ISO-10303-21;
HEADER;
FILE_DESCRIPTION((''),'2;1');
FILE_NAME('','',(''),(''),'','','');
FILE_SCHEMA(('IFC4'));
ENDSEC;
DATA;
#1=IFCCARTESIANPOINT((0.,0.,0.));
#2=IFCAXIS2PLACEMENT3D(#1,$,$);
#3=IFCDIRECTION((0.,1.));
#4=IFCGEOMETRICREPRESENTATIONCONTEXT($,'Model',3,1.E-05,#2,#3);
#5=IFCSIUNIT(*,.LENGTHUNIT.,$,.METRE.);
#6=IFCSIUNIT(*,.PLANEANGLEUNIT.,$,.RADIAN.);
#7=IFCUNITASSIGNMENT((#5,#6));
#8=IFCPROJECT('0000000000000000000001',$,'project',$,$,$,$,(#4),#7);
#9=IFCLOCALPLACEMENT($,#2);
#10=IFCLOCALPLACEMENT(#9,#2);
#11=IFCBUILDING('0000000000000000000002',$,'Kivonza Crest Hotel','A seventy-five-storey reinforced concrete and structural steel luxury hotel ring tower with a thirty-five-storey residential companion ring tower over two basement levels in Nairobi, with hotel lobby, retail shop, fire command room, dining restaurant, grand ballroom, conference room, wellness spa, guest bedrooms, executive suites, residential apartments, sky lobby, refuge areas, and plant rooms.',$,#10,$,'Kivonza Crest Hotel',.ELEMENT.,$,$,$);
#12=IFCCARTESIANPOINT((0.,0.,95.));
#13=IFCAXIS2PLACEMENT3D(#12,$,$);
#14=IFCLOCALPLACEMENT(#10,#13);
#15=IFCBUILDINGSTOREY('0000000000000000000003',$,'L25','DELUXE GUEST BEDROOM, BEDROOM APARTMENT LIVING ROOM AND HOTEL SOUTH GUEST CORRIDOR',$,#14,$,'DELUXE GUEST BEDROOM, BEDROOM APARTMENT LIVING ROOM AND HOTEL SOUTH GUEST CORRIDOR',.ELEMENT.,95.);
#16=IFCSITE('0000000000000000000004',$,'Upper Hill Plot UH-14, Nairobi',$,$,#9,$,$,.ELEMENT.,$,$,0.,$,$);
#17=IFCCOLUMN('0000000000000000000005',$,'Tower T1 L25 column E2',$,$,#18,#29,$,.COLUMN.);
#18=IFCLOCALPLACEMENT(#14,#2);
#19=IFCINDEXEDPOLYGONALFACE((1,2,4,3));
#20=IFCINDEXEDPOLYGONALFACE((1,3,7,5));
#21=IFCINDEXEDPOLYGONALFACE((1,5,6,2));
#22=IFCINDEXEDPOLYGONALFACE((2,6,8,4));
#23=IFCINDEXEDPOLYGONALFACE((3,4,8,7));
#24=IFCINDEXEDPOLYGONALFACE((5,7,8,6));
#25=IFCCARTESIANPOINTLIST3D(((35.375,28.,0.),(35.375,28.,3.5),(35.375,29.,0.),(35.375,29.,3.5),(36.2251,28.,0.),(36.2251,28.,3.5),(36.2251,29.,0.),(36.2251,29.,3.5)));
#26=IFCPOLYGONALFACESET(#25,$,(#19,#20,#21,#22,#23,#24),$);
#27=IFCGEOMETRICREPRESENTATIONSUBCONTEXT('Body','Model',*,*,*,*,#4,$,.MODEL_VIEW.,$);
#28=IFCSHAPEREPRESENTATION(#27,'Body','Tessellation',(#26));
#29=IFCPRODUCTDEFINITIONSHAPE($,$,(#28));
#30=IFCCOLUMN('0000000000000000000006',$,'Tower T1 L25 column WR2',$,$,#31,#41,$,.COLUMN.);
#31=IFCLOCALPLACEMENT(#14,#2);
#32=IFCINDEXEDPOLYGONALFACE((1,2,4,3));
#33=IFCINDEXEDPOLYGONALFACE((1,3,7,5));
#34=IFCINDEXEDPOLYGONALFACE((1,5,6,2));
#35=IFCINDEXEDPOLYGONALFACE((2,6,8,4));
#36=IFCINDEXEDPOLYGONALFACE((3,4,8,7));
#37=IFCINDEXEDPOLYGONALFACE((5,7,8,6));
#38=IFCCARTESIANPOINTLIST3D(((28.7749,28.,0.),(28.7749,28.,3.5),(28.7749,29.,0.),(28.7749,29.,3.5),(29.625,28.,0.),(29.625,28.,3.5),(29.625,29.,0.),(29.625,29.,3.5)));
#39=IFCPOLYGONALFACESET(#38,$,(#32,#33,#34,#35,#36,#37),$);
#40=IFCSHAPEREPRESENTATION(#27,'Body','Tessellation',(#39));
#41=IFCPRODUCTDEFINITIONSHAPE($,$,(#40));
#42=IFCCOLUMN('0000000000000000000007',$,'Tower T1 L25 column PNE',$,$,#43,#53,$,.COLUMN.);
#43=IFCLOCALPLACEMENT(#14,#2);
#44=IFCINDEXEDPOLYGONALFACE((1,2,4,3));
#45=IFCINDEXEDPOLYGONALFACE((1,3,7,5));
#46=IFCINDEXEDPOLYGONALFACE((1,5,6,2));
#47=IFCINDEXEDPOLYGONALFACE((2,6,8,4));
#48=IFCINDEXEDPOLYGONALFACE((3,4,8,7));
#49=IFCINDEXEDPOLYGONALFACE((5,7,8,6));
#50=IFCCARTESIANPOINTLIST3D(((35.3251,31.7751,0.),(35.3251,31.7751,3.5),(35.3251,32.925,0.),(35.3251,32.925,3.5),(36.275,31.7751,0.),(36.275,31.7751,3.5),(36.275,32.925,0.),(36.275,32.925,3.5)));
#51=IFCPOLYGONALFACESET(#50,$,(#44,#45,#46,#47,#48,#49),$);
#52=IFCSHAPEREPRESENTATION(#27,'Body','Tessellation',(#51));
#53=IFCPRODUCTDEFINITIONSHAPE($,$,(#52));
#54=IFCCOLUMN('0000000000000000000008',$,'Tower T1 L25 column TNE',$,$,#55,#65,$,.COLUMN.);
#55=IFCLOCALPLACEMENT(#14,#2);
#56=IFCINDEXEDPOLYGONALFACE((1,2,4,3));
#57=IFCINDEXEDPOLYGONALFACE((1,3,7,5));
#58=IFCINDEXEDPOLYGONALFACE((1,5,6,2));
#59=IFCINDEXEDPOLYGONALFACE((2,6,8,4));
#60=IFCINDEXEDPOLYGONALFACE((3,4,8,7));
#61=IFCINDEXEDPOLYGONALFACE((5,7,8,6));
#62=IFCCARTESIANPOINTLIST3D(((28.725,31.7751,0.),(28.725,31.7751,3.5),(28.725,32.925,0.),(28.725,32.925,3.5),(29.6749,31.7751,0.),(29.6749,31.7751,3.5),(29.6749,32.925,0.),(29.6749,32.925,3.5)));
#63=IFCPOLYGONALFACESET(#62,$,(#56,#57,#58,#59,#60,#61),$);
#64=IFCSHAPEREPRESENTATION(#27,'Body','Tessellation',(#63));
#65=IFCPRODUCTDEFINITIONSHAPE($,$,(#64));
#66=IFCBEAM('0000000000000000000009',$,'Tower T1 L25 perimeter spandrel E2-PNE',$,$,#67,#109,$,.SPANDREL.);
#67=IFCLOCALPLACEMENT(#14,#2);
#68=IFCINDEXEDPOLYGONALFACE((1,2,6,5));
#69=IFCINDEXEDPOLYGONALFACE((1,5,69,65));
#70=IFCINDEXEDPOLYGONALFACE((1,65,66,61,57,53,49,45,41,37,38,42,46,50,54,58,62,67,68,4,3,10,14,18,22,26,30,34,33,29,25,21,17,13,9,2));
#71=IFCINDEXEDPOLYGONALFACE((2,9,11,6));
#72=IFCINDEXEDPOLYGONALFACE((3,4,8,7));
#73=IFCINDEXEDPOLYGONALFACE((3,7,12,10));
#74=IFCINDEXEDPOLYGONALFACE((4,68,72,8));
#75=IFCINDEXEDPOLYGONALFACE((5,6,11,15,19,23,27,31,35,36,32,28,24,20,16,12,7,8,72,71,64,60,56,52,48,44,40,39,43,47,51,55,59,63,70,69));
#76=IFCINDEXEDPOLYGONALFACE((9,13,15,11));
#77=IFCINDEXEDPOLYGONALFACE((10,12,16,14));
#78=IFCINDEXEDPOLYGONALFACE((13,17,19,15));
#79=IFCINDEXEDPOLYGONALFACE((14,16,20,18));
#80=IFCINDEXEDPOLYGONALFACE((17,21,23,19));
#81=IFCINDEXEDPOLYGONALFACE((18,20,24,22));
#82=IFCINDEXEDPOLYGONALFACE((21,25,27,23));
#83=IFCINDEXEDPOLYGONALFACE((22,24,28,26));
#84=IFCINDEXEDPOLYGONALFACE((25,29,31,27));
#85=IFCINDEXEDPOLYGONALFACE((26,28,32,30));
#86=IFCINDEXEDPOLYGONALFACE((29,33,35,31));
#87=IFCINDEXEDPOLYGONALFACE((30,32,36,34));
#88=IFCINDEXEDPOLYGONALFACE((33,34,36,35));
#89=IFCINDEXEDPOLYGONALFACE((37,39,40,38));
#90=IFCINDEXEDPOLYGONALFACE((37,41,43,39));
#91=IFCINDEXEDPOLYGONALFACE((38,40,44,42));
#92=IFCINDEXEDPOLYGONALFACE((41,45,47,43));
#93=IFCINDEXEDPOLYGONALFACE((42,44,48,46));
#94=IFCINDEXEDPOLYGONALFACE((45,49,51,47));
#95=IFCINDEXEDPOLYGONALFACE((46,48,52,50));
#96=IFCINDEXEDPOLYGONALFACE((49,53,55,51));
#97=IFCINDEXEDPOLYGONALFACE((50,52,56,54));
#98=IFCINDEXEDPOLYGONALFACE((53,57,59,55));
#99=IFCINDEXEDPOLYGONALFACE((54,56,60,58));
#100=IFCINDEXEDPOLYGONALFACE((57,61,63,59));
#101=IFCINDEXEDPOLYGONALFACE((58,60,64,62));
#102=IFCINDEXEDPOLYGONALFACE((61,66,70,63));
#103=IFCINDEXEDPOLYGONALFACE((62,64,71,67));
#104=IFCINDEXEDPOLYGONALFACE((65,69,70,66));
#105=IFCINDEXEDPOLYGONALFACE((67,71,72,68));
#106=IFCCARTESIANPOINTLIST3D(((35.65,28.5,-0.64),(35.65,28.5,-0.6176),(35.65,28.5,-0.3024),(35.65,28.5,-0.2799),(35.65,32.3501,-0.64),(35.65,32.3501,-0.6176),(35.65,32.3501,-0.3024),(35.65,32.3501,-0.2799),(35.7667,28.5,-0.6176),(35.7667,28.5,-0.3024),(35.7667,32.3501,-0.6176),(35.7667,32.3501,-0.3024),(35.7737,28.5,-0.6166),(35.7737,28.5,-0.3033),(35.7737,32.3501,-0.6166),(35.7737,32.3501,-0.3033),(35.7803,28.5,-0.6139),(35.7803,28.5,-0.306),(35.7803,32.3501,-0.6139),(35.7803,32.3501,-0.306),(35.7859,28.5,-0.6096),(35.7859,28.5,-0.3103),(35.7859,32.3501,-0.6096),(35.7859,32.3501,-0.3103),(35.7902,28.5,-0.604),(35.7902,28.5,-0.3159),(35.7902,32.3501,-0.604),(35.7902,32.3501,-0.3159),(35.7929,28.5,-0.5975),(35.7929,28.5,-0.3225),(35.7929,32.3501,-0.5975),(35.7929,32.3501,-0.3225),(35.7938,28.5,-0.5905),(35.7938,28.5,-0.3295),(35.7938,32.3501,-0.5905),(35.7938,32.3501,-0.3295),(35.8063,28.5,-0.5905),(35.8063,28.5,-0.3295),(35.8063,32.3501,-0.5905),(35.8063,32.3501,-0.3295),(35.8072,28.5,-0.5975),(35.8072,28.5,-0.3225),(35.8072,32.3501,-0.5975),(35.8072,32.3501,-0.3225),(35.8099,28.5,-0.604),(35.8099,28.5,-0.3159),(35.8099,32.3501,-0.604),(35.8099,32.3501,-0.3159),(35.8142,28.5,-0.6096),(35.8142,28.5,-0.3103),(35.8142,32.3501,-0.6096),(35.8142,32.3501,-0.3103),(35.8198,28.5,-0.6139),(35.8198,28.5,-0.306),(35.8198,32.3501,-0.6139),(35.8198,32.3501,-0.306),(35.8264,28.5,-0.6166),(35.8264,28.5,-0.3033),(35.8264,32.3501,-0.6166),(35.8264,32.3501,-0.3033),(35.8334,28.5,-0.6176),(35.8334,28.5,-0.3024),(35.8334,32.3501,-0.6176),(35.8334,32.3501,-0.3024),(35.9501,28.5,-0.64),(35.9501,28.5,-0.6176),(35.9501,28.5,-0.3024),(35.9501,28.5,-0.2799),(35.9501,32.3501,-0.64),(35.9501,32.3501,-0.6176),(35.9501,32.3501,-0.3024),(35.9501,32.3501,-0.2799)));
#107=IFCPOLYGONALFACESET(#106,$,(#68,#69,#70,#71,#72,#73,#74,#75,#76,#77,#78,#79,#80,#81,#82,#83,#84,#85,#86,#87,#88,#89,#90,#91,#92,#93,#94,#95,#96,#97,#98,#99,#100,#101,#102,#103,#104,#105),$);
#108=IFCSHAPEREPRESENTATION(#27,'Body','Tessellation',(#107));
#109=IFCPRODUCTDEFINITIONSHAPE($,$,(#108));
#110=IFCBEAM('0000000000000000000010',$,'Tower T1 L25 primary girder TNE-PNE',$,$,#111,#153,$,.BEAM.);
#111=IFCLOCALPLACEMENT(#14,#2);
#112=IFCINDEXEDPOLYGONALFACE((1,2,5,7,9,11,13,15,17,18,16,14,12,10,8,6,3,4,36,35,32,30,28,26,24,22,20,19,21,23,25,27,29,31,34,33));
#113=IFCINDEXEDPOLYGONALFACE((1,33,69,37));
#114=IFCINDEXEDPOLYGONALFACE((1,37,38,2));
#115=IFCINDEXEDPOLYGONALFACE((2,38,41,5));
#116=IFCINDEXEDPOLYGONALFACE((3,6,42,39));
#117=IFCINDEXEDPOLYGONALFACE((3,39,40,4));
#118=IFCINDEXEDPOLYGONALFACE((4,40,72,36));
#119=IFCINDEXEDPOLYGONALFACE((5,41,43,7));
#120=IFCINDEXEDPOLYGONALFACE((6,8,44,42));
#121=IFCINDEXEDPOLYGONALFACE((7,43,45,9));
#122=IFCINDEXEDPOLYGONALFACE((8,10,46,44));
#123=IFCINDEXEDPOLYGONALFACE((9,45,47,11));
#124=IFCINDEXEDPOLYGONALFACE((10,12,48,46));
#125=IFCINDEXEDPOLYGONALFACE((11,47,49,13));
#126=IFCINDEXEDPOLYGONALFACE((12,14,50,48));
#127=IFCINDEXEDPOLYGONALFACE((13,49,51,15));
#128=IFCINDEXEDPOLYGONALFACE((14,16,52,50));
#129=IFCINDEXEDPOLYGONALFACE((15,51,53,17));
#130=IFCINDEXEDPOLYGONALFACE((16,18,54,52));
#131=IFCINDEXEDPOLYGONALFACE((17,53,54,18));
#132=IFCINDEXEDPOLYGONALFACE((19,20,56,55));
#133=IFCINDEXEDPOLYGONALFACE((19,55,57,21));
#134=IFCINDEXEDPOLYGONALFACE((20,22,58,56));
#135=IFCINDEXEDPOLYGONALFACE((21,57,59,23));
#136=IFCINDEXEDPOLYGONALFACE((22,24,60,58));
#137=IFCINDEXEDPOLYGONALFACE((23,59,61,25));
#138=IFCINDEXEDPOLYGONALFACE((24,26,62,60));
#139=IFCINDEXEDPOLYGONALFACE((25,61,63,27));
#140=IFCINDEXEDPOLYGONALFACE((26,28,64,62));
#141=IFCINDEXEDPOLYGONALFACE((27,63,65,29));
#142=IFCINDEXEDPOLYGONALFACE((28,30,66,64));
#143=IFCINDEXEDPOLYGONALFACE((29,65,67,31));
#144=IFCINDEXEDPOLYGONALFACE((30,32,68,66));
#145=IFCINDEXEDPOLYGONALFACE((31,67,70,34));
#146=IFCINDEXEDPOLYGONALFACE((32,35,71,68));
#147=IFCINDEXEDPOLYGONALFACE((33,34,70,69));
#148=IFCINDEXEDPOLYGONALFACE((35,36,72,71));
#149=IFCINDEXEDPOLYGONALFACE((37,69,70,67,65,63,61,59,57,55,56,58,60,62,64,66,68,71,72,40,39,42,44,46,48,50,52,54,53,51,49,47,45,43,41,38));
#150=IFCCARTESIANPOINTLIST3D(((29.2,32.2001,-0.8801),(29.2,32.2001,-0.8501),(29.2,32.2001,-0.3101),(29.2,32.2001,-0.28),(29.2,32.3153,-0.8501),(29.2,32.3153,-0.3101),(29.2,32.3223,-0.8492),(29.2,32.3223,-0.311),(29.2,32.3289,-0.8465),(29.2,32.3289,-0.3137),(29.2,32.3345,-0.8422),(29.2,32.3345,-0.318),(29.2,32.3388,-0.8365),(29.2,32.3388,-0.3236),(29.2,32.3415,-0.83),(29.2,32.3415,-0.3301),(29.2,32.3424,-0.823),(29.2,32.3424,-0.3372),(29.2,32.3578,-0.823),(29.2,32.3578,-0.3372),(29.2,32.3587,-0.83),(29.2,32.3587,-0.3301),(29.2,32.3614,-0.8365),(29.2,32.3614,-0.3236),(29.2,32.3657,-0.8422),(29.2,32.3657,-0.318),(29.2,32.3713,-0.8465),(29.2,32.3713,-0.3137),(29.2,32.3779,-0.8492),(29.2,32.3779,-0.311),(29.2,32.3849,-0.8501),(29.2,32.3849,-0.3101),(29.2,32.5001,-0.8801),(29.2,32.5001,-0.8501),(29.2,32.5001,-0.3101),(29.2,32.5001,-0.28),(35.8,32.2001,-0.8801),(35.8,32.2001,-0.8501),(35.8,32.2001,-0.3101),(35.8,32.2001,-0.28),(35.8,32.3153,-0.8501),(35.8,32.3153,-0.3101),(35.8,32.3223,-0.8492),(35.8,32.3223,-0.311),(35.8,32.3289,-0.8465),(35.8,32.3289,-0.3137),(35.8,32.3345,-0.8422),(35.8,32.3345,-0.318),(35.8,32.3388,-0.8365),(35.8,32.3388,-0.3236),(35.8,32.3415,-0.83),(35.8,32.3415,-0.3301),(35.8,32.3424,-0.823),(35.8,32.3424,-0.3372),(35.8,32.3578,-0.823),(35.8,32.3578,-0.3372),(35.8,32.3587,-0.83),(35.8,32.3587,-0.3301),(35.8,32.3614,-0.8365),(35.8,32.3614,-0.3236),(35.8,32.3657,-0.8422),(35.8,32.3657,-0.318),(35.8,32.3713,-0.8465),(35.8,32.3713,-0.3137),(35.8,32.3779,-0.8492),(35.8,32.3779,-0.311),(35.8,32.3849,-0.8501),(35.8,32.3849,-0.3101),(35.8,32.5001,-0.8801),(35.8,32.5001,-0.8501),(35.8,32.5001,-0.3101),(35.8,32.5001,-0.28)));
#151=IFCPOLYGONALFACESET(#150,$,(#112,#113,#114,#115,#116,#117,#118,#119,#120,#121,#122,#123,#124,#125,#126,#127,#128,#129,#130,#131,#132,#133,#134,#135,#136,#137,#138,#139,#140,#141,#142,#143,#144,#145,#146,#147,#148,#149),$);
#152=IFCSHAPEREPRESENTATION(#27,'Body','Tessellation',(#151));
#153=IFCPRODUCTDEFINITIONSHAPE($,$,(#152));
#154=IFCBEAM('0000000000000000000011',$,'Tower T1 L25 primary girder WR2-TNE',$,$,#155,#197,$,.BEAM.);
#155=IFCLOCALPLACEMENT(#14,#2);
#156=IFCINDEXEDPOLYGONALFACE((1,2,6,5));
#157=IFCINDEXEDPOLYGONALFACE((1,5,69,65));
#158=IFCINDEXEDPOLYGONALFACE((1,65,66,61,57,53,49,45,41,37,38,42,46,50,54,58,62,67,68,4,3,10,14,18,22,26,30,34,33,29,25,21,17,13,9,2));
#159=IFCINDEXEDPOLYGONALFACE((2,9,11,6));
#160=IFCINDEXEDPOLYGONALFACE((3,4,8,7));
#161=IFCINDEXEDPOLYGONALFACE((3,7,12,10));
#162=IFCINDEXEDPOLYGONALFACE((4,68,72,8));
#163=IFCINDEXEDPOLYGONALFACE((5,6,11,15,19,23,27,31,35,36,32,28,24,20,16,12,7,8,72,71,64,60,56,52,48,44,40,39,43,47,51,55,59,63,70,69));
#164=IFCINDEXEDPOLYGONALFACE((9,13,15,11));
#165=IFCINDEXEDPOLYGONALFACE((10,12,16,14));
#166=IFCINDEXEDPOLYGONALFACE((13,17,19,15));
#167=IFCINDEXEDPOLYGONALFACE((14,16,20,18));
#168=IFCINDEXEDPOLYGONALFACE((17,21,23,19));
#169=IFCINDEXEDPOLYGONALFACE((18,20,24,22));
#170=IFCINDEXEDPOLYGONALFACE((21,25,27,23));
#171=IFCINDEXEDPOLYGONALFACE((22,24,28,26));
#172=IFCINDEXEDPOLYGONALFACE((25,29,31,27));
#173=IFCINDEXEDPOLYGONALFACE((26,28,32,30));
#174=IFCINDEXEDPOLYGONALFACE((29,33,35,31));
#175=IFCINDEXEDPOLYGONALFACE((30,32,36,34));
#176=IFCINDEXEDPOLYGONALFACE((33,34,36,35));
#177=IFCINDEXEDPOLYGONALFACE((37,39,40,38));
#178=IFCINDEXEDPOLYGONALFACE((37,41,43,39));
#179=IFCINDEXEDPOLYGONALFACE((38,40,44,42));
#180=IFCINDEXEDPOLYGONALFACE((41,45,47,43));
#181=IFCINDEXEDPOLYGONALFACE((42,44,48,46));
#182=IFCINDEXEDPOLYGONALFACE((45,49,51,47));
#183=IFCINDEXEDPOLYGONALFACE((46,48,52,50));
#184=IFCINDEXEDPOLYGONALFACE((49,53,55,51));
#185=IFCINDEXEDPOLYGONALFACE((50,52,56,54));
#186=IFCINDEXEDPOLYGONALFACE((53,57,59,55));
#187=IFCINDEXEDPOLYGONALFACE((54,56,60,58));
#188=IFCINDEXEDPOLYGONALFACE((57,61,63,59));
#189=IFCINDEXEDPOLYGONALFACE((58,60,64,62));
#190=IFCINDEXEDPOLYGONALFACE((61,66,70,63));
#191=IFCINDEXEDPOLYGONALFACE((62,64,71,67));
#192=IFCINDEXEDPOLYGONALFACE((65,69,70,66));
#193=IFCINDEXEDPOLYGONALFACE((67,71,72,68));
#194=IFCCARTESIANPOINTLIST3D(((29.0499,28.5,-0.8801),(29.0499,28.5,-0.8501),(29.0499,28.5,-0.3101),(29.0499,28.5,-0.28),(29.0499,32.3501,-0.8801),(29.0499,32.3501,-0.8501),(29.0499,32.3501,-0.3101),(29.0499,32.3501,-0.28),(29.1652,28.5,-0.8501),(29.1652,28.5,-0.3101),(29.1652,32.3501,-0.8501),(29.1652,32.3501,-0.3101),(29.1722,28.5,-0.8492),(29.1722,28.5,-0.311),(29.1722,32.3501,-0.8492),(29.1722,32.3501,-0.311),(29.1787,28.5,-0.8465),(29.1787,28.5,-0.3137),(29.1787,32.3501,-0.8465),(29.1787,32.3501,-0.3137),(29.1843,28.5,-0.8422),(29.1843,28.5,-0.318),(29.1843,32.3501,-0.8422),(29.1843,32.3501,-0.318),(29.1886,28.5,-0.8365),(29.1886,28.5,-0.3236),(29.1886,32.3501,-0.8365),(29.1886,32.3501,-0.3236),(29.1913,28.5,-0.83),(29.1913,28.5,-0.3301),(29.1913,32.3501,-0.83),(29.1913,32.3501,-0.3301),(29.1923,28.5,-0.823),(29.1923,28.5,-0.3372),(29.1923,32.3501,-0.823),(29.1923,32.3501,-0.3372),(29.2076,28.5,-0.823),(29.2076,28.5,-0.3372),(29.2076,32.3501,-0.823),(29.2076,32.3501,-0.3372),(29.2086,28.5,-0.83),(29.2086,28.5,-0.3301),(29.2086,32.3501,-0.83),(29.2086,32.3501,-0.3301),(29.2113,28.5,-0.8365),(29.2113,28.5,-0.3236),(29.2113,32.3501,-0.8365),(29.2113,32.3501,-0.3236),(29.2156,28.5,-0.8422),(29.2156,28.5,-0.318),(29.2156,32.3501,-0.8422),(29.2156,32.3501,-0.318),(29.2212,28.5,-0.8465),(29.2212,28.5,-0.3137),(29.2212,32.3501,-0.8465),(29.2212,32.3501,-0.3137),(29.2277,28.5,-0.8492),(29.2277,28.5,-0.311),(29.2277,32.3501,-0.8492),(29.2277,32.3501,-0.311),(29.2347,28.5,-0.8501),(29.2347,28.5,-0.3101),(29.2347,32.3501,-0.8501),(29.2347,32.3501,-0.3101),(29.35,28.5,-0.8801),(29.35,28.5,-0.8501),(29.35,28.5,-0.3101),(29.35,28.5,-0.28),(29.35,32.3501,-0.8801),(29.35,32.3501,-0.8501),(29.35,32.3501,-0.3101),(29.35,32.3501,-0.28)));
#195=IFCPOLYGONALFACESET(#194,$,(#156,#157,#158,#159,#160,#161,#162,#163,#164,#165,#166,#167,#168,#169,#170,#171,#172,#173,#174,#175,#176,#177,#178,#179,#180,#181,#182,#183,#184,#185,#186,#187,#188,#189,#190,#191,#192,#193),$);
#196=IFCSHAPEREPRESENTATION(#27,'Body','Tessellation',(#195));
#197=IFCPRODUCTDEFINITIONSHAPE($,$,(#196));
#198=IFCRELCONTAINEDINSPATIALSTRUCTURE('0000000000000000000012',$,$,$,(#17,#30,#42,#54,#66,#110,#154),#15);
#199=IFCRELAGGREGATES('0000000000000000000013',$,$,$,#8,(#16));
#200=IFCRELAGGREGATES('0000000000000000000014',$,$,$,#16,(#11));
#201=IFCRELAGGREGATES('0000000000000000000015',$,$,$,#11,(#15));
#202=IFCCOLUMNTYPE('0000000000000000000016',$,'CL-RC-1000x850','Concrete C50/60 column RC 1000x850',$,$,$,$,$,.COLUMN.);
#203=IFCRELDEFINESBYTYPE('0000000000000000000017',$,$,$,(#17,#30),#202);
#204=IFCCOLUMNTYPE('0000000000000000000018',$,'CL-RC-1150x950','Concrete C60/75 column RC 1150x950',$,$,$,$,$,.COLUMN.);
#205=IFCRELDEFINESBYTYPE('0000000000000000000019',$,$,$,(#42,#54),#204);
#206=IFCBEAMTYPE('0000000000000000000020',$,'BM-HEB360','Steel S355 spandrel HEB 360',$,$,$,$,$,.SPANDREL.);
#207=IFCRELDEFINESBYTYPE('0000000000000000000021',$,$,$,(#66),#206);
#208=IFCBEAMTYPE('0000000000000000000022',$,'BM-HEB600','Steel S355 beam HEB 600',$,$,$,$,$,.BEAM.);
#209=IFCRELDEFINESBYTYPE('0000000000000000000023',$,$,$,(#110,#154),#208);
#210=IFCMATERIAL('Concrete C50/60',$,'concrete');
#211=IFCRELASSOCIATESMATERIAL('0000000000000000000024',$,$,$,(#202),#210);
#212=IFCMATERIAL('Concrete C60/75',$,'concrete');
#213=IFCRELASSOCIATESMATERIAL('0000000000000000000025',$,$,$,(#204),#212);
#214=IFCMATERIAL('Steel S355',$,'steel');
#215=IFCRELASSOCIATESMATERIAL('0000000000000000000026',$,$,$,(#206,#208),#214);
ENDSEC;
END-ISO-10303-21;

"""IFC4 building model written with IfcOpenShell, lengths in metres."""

from ifc_helpers import new_model, si_unit, direction, frame, origin, origin_2d, place, context, subcontext, project, spatial, rectangle, i_section, extrude, material, material_profile, profile_set, type_object, element, save


model = new_model("IFC4")

# Units and contexts
model_context = context("Model", 3, precision=1e-05, world=origin(), true_north=direction((0.0, 1.0)))
body_context = subcontext(model_context, "Body", "Model", "MODEL_VIEW")
ifc_project = project(units=[si_unit("LENGTHUNIT", "METRE"), si_unit("PLANEANGLEUNIT", "RADIAN")], contexts=[model_context])

# Site, building, storey
site_placement = place(None, origin())
site = spatial("IfcSite", under=ifc_project, at=site_placement, Name="Upper Hill Plot UH-14, Nairobi", CompositionType="ELEMENT", RefElevation=0.0)
building_placement = place(site_placement, origin())
building = spatial("IfcBuilding", under=site, at=building_placement, Name="Kivonza Crest Hotel", Description="A seventy-five-storey reinforced concrete and structural steel luxury hotel ring tower with a thirty-five-storey residential companion ring tower over two basement levels in Nairobi, with hotel lobby, retail shop, fire command room, dining restaurant, grand ballroom, conference room, wellness spa, guest bedrooms, executive suites, residential apartments, sky lobby, refuge areas, and plant rooms.", LongName="Kivonza Crest Hotel", CompositionType="ELEMENT")
storey_placement = place(building_placement, frame((0.0, 0.0, 95.0)))
storey = spatial("IfcBuildingStorey", under=building, at=storey_placement, Name="L25", Description="DELUXE GUEST BEDROOM, BEDROOM APARTMENT LIVING ROOM AND HOTEL SOUTH GUEST CORRIDOR", LongName="DELUXE GUEST BEDROOM, BEDROOM APARTMENT LIVING ROOM AND HOTEL SOUTH GUEST CORRIDOR", CompositionType="ELEMENT", Elevation=95.0)

# Columns
ifc_material_1 = material(Name="Concrete C50/60", Category="concrete")
ifc_material_profile_1 = material_profile(ifc_material_1, rectangle(XDim=0.8501, YDim=1.0, at=origin_2d()), Name="RC 1000x850")
ifc_profile_set_1 = profile_set([ifc_material_profile_1], Name="Concrete C50/60")
column_type_1 = type_object("IfcColumnType", Name="CL-RC-1000x850", Description="Concrete C50/60 column RC 1000x850", PredefinedType="COLUMN", material=ifc_profile_set_1)
for number, where, z_axis, x_axis, name in (
    (1, (35.8, 28.5, 0.0), (0.0, 0.0, 1.0), (1.0, 0.0, 0.0), "Tower T1 L25 column E2"),
    (2, (29.2, 28.5, 0.0), (0.0, 0.0, 1.0), (1.0, 0.0, 0.0), "Tower T1 L25 column WR2"),
):
    element("IfcColumn", number, at=place(storey_placement, frame(where, z_axis=z_axis, x_axis=x_axis)), inside=storey, type_object=column_type_1, Name=name, PredefinedType="COLUMN", context=body_context, shape_type="SweptSolid", body=[
        extrude(rectangle(XDim=0.8501, YDim=1.0, at=origin_2d()), origin(), (0.0, 0.0, 1.0), 3.5),
    ])
ifc_material_2 = material(Name="Concrete C60/75", Category="concrete")
ifc_material_profile_2 = material_profile(ifc_material_2, rectangle(XDim=0.95, YDim=1.1499, at=origin_2d()), Name="RC 1150x950")
ifc_profile_set_2 = profile_set([ifc_material_profile_2], Name="Concrete C60/75")
column_type_2 = type_object("IfcColumnType", Name="CL-RC-1150x950", Description="Concrete C60/75 column RC 1150x950", PredefinedType="COLUMN", material=ifc_profile_set_2)
for number, where, z_axis, x_axis, name in (
    (3, (35.8, 32.3501, 0.0), (0.0, 0.0, 1.0), (1.0, 0.0, 0.0), "Tower T1 L25 column PNE"),
    (4, (29.2, 32.3501, 0.0), (0.0, 0.0, 1.0), (1.0, 0.0, 0.0), "Tower T1 L25 column TNE"),
):
    element("IfcColumn", number, at=place(storey_placement, frame(where, z_axis=z_axis, x_axis=x_axis)), inside=storey, type_object=column_type_2, Name=name, PredefinedType="COLUMN", context=body_context, shape_type="SweptSolid", body=[
        extrude(rectangle(XDim=0.95, YDim=1.1499, at=origin_2d()), origin(), (0.0, 0.0, 1.0), 3.5),
    ])

# Beams
ifc_material_3 = material(Name="Steel S355", Category="steel")
ifc_material_profile_3 = material_profile(ifc_material_3, i_section(OverallWidth=0.3, OverallDepth=0.3601, WebThickness=0.0125, FlangeThickness=0.0225, FilletRadius=0.0271, at=origin_2d()), Name="HEB 360")
ifc_profile_set_3 = profile_set([ifc_material_profile_3], Name="Steel S355")
beam_type_1 = type_object("IfcBeamType", Name="BM-HEB360", Description="Steel S355 spandrel HEB 360", PredefinedType="SPANDREL", material=ifc_profile_set_3)
beam_1_placement = place(storey_placement, frame((35.8, 28.5, -0.46), z_axis=(0.0, 1.0, 0.0), x_axis=(-1.0, 0.0, 0.0)))
element("IfcBeam", 5, at=beam_1_placement, inside=storey, type_object=beam_type_1, Name="Tower T1 L25 perimeter spandrel E2-PNE", PredefinedType="SPANDREL", context=body_context, shape_type="SweptSolid", body=[
    extrude(i_section(OverallWidth=0.3, OverallDepth=0.3601, WebThickness=0.0125, FlangeThickness=0.0225, FilletRadius=0.0271, at=origin_2d()), origin(), (0.0, 0.0, 1.0), 3.8501),
])
ifc_material_profile_4 = material_profile(ifc_material_3, i_section(OverallWidth=0.3, OverallDepth=0.6001, WebThickness=0.0154, FlangeThickness=0.03, FilletRadius=0.0271, at=origin_2d()), Name="HEB 600")
ifc_profile_set_4 = profile_set([ifc_material_profile_4], Name="Steel S355")
beam_type_2 = type_object("IfcBeamType", Name="BM-HEB600", Description="Steel S355 beam HEB 600", PredefinedType="BEAM", material=ifc_profile_set_4)
beam_2_placement = place(storey_placement, frame((29.2, 32.3501, -0.5801), z_axis=(1.0, 0.0, 0.0), x_axis=(0.0, 1.0, 0.0)))
element("IfcBeam", 6, at=beam_2_placement, inside=storey, type_object=beam_type_2, Name="Tower T1 L25 primary girder TNE-PNE", PredefinedType="BEAM", context=body_context, shape_type="SweptSolid", body=[
    extrude(i_section(OverallWidth=0.3, OverallDepth=0.6001, WebThickness=0.0154, FlangeThickness=0.03, FilletRadius=0.0271, at=origin_2d()), origin(), (0.0, 0.0, 1.0), 6.6001),
])
beam_3_placement = place(storey_placement, frame((29.2, 28.5, -0.5801), z_axis=(0.0, 1.0, 0.0), x_axis=(-1.0, 0.0, 0.0)))
element("IfcBeam", 7, at=beam_3_placement, inside=storey, type_object=beam_type_2, Name="Tower T1 L25 primary girder WR2-TNE", PredefinedType="BEAM", context=body_context, shape_type="SweptSolid", body=[
    extrude(i_section(OverallWidth=0.3, OverallDepth=0.6001, WebThickness=0.0154, FlangeThickness=0.03, FilletRadius=0.0271, at=origin_2d()), origin(), (0.0, 0.0, 1.0), 3.8501),
])

save(model, "model.ifc")
